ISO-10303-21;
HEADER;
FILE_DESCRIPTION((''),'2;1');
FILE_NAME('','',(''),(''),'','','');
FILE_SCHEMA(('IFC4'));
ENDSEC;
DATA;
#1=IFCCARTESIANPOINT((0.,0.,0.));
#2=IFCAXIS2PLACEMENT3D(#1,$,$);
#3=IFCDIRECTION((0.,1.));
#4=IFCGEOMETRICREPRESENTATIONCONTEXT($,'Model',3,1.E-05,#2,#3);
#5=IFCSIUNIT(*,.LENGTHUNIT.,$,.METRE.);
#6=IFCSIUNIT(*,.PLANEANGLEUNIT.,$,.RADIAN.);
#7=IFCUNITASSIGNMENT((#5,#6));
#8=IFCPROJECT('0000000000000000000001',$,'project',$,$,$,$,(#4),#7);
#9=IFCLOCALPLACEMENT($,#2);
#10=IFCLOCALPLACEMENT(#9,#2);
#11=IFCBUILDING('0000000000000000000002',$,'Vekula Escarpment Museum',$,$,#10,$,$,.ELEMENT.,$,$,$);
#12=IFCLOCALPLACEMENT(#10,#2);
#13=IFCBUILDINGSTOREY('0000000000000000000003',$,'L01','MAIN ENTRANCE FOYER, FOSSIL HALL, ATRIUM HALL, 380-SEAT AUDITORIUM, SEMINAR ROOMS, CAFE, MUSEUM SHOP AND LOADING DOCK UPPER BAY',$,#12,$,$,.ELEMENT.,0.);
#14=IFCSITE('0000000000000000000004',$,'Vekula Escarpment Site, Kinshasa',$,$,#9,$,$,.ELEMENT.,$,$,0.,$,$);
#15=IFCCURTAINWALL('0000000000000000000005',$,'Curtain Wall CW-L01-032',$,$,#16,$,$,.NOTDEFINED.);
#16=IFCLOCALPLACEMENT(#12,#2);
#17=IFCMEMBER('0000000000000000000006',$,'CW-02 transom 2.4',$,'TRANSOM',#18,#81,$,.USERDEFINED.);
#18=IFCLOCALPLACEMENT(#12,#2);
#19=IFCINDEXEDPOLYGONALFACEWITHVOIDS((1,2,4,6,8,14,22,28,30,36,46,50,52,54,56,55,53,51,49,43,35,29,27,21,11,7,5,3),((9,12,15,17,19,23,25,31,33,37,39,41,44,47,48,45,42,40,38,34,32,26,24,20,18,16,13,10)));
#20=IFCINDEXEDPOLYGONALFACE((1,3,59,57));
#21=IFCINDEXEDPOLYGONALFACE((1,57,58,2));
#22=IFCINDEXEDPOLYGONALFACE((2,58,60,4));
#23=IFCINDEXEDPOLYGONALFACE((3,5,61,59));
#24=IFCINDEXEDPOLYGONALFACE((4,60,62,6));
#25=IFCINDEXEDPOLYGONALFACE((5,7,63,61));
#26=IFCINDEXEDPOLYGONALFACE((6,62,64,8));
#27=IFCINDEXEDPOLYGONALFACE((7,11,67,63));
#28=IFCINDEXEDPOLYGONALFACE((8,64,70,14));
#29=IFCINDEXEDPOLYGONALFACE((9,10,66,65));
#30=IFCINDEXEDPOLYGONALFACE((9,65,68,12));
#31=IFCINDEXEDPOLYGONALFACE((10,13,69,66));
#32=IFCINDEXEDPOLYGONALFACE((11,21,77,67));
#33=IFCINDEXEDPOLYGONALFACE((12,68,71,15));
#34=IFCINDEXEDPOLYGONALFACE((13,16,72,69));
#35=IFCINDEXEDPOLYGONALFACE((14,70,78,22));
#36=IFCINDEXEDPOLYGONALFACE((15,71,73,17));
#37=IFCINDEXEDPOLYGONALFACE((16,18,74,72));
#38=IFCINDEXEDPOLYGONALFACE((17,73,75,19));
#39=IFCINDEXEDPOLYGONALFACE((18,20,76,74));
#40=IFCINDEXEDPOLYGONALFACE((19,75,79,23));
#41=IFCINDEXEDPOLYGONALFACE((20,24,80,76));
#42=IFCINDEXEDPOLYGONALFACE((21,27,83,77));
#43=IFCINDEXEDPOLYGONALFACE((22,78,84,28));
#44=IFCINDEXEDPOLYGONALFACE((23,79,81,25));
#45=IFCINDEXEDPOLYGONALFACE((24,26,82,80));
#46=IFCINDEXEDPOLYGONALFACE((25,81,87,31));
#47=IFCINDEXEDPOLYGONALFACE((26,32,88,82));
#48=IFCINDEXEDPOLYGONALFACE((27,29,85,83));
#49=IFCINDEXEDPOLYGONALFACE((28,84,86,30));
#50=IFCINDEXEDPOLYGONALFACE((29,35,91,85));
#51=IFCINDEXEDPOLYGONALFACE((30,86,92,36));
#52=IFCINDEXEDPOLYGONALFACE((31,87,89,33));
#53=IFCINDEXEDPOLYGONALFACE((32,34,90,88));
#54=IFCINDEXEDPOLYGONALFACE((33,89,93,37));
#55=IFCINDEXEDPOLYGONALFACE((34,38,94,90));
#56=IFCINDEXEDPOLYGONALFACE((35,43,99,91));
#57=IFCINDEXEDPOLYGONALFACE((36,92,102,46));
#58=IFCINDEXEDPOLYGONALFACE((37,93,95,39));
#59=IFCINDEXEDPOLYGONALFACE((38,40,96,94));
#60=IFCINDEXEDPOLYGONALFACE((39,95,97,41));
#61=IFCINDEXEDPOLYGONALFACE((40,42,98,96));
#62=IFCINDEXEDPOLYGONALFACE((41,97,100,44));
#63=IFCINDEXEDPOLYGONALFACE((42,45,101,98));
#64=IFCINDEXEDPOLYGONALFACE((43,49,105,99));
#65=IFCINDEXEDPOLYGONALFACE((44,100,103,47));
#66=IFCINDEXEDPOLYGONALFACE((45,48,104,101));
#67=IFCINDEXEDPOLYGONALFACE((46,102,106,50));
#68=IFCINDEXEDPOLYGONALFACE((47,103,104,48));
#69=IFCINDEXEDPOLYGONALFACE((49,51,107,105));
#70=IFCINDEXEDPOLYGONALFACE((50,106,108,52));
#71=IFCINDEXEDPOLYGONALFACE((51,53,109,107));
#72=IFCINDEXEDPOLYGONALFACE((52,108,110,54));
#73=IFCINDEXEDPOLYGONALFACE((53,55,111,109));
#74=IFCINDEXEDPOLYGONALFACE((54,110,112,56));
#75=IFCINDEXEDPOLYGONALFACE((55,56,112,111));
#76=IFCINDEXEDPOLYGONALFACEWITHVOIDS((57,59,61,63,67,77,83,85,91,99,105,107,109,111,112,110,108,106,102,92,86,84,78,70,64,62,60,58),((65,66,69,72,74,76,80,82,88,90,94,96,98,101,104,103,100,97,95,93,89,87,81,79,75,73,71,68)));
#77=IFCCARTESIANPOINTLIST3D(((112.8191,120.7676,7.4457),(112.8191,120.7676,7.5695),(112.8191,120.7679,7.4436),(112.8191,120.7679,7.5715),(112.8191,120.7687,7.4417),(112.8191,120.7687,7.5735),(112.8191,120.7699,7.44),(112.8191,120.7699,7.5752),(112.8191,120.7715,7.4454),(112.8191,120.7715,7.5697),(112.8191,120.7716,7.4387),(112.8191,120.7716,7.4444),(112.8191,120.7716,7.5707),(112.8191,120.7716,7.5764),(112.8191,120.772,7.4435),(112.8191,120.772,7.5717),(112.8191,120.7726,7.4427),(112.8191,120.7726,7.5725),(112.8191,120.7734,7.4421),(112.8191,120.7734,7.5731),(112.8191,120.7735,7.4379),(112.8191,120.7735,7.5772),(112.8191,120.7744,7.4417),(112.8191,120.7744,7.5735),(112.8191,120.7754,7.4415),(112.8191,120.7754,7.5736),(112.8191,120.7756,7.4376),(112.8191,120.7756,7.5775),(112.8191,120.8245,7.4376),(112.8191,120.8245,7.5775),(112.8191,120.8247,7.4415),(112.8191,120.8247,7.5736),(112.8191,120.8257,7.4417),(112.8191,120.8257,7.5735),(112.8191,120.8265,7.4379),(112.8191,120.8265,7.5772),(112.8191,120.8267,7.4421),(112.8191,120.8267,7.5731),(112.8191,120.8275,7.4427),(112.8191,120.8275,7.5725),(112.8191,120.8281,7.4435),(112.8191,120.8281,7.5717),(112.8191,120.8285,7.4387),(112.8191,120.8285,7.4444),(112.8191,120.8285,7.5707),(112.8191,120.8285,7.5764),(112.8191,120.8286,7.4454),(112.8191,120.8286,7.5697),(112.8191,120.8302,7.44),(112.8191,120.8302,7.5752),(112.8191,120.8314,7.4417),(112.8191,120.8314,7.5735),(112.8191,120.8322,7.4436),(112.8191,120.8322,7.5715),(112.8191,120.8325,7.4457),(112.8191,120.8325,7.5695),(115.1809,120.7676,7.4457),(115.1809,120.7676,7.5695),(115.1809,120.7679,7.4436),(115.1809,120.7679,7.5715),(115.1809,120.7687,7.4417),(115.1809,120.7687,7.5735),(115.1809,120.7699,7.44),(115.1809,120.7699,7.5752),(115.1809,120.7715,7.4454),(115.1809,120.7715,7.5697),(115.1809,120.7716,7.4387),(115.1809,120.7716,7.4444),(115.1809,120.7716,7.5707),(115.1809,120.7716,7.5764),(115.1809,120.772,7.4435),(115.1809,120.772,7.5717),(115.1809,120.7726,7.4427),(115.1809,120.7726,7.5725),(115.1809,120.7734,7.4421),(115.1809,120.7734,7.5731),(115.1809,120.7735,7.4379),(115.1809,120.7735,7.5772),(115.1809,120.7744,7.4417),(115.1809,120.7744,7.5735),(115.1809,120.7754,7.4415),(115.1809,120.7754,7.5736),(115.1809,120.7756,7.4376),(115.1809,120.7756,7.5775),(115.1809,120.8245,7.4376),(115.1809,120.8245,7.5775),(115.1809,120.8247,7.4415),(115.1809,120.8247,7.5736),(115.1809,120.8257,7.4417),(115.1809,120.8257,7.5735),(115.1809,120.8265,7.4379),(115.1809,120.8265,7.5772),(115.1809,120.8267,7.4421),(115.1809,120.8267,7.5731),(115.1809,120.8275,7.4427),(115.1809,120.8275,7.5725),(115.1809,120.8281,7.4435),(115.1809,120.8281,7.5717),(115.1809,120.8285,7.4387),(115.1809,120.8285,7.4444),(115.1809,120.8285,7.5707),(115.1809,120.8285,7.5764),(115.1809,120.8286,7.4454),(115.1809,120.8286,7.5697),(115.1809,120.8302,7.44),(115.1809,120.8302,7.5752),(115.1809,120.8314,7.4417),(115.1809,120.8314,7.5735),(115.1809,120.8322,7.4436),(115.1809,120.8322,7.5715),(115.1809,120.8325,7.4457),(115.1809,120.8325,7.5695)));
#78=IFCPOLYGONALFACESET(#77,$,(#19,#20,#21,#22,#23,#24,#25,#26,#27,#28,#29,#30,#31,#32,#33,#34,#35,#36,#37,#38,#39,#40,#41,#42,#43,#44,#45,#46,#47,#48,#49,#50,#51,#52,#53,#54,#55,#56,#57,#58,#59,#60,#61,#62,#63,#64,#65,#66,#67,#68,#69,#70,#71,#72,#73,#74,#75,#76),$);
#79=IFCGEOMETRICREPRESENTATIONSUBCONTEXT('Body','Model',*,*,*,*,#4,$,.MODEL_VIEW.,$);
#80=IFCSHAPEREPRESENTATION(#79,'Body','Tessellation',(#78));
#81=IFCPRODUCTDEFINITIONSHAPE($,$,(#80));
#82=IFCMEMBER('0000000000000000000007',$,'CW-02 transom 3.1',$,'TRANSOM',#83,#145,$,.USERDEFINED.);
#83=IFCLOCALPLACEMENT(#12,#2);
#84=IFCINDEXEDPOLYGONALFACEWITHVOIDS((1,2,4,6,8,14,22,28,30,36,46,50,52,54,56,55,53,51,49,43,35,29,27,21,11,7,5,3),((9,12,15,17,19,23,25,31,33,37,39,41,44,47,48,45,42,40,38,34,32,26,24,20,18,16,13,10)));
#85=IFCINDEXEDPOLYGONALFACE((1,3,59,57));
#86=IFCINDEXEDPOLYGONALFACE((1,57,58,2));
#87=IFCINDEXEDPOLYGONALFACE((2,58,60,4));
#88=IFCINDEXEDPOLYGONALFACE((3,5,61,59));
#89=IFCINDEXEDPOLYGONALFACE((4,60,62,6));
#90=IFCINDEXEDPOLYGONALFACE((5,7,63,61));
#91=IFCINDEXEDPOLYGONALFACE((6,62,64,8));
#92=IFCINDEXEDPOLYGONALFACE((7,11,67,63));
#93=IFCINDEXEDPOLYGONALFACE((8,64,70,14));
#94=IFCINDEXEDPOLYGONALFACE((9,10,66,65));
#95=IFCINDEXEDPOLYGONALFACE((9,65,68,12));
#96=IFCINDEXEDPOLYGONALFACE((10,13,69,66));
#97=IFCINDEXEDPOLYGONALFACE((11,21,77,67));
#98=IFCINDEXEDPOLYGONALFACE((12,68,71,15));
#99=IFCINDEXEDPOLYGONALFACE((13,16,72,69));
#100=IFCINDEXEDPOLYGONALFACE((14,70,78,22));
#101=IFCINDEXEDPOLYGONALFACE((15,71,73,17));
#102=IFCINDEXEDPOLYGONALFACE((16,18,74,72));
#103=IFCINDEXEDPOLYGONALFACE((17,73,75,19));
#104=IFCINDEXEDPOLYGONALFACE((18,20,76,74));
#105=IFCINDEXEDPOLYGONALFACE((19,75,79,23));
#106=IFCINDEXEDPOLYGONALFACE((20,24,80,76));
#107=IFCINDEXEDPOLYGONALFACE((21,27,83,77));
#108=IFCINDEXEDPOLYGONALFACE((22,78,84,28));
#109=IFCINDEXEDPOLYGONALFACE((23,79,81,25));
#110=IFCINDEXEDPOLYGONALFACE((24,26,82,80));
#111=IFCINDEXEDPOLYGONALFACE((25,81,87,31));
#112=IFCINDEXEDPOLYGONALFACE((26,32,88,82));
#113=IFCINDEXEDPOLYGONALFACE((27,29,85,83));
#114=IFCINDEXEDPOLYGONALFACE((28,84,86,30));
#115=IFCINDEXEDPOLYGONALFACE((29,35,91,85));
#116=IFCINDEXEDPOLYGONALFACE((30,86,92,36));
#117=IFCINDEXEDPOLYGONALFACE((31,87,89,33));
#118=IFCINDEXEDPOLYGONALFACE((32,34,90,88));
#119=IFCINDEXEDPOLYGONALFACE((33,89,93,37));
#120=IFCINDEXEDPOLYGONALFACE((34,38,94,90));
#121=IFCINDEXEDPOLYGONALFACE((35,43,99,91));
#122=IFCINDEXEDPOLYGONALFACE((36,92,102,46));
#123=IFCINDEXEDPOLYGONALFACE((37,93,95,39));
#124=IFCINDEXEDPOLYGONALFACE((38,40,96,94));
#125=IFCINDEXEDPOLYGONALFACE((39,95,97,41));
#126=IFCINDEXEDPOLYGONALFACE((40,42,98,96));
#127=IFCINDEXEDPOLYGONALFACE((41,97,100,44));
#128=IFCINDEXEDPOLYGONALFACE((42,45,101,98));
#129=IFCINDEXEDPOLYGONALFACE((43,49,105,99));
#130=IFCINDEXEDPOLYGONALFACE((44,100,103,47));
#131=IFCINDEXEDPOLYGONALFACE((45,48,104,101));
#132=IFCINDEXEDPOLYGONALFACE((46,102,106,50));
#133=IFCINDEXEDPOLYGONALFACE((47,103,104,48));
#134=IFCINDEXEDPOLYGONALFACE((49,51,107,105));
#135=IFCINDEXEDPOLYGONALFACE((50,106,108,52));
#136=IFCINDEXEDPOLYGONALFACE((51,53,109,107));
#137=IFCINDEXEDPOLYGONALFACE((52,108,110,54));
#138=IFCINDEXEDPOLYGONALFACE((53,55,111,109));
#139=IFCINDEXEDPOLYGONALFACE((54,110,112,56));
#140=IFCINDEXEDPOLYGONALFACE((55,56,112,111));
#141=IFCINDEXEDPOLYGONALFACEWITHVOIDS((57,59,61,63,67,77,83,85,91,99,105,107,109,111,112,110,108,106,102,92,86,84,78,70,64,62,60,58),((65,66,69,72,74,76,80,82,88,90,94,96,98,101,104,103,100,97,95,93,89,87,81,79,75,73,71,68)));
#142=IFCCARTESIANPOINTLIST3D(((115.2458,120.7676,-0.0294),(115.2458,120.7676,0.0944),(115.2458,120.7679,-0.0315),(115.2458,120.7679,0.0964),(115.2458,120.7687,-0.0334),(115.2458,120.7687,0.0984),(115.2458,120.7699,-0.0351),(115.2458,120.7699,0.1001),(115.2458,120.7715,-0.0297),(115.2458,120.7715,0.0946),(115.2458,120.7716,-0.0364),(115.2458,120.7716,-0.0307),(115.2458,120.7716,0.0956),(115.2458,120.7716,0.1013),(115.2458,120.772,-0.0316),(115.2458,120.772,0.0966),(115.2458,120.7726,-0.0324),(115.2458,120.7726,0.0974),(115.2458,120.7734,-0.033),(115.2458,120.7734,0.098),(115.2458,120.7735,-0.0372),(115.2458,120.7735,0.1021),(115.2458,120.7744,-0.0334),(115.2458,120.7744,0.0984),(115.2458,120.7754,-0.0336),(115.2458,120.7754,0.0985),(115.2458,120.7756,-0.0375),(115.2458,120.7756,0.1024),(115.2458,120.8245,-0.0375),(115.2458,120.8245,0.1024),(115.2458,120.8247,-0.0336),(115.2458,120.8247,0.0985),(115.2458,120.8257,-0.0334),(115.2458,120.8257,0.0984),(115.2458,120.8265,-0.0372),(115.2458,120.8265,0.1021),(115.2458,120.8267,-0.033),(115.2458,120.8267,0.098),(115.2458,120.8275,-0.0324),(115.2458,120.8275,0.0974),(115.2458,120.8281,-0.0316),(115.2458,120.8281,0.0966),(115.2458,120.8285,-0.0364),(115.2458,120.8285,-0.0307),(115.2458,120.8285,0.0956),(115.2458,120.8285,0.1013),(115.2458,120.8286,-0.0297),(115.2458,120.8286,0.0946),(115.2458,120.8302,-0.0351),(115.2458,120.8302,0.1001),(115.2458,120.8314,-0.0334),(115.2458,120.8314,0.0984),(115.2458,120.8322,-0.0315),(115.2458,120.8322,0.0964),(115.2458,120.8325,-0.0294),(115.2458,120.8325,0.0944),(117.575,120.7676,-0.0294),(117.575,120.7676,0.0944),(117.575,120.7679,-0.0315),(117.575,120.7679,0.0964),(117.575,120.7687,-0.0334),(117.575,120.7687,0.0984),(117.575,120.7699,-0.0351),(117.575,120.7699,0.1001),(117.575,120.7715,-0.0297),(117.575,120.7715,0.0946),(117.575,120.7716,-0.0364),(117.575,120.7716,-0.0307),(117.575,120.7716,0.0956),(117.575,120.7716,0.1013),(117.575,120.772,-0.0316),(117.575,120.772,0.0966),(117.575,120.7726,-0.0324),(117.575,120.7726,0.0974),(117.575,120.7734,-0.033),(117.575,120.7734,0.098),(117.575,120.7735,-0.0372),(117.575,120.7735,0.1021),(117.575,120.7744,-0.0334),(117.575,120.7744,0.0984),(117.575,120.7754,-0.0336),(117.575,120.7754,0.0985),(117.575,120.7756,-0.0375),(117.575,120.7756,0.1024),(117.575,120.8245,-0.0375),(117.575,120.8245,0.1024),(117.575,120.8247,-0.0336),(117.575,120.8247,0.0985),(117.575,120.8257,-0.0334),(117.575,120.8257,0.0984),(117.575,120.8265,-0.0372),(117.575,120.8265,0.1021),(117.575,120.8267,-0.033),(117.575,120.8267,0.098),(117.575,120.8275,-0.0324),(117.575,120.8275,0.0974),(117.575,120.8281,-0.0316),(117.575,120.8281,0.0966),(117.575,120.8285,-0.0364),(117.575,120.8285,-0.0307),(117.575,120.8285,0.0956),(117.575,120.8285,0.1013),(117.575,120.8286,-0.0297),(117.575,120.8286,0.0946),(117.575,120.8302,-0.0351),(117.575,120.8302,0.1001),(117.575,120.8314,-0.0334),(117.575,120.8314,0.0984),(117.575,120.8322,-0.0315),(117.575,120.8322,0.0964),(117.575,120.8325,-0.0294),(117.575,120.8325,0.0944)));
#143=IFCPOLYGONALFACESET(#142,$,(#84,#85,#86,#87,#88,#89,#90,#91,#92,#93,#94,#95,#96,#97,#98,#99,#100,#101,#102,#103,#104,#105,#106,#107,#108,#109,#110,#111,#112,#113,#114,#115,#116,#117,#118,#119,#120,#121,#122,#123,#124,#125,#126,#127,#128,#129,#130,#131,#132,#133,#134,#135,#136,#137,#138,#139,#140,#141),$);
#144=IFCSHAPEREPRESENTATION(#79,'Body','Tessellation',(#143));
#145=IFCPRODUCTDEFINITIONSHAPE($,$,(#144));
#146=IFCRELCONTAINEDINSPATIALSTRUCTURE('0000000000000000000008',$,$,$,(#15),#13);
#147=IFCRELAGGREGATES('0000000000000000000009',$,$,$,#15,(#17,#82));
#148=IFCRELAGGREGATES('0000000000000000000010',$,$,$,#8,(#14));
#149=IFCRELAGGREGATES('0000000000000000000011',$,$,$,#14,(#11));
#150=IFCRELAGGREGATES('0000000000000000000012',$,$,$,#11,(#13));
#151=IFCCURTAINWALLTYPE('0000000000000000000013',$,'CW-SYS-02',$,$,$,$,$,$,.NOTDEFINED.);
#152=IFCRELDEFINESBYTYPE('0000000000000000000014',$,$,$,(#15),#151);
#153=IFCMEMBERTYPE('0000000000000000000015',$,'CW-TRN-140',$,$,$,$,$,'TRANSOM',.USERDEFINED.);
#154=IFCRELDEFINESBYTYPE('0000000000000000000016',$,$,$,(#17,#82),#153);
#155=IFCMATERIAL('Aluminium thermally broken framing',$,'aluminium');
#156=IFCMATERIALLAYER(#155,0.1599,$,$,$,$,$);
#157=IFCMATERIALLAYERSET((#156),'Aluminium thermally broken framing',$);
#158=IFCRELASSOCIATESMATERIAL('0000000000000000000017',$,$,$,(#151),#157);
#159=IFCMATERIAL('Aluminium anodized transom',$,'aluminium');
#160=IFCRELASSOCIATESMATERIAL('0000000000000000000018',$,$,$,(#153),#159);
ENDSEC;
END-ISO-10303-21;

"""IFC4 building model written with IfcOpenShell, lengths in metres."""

from ifc_helpers import new_model, si_unit, direction, frame, origin, origin_2d, place, context, subcontext, project, spatial, hollow_rectangle, extrude, material, layer, layer_set, material_profile, profile_set, type_object, element, aggregate, save


model = new_model("IFC4")

# Units and contexts
model_context = context("Model", 3, precision=1e-05, world=origin(), true_north=direction((0.0, 1.0)))
body_context = subcontext(model_context, "Body", "Model", "MODEL_VIEW")
ifc_project = project(units=[si_unit("LENGTHUNIT", "METRE"), si_unit("PLANEANGLEUNIT", "RADIAN")], contexts=[model_context])

# Site, building, storey
site_placement = place(None, origin())
site = spatial("IfcSite", under=ifc_project, at=site_placement, Name="Vekula Escarpment Site, Kinshasa", CompositionType="ELEMENT", RefElevation=0.0)
building_placement = place(site_placement, origin())
building = spatial("IfcBuilding", under=site, at=building_placement, Name="Vekula Escarpment Museum", CompositionType="ELEMENT")
storey_placement = place(building_placement, origin())
storey = spatial("IfcBuildingStorey", under=building, at=storey_placement, Name="L01", Description="MAIN ENTRANCE FOYER, FOSSIL HALL, ATRIUM HALL, 380-SEAT AUDITORIUM, SEMINAR ROOMS, CAFE, MUSEUM SHOP AND LOADING DOCK UPPER BAY", CompositionType="ELEMENT", Elevation=0.0)

# Curtain wall, members
ifc_material_1 = material(Name="Aluminium thermally broken framing", Category="aluminium")
ifc_layer_1 = layer(ifc_material_1, 0.1599)
ifc_layer_set_1 = layer_set([ifc_layer_1], Name="Aluminium thermally broken framing")
curtain_wall_type = type_object("IfcCurtainWallType", Name="CW-SYS-02", PredefinedType="NOTDEFINED", material=ifc_layer_set_1)
curtain_wall_placement = place(storey_placement, origin())
curtain_wall = element("IfcCurtainWall", 1, at=curtain_wall_placement, inside=storey, type_object=curtain_wall_type, Name="Curtain Wall CW-L01-032", PredefinedType="NOTDEFINED")
ifc_material_2 = material(Name="Aluminium anodized transom", Category="aluminium")
ifc_material_profile_1 = material_profile(ifc_material_2, hollow_rectangle(XDim=0.0649, YDim=0.1399, WallThickness=0.0039, InnerFilletRadius=0.0039, OuterFilletRadius=0.0081, at=origin_2d()), Name="ALU 140x65x4")
ifc_profile_set_1 = profile_set([ifc_material_profile_1], Name="Aluminium anodized transom")
member_type_1 = type_object("IfcMemberType", Name="CW-TRN-140", ElementType="TRANSOM", PredefinedType="USERDEFINED", material=ifc_profile_set_1)
member_1_placement = place(storey_placement, frame((112.8191, 120.8, 7.5076), z_axis=(1.0, 0.0, 0.0), x_axis=(0.0, 1.0, 0.0)))
member_1 = element("IfcMember", 2, at=member_1_placement, type_object=member_type_1, Name="CW-02 transom 2.4", ObjectType="TRANSOM", PredefinedType="USERDEFINED", context=body_context, shape_type="SweptSolid", body=[
    extrude(hollow_rectangle(XDim=0.0649, YDim=0.1399, WallThickness=0.0039, InnerFilletRadius=0.0039, OuterFilletRadius=0.0081, at=origin_2d()), origin(), (0.0, 0.0, 1.0), 2.3618),
])
member_2_placement = place(storey_placement, frame((115.2458, 120.8, 0.0325), z_axis=(1.0, 0.0, 0.0), x_axis=(0.0, 1.0, 0.0)))
member_2 = element("IfcMember", 3, at=member_2_placement, type_object=member_type_1, Name="CW-02 transom 3.1", ObjectType="TRANSOM", PredefinedType="USERDEFINED", context=body_context, shape_type="SweptSolid", body=[
    extrude(hollow_rectangle(XDim=0.0649, YDim=0.1399, WallThickness=0.0039, InnerFilletRadius=0.0039, OuterFilletRadius=0.0081, at=origin_2d()), origin(), (0.0, 0.0, 1.0), 2.3291),
])
aggregate(curtain_wall, [member_1, member_2])

save(model, "model.ifc")
